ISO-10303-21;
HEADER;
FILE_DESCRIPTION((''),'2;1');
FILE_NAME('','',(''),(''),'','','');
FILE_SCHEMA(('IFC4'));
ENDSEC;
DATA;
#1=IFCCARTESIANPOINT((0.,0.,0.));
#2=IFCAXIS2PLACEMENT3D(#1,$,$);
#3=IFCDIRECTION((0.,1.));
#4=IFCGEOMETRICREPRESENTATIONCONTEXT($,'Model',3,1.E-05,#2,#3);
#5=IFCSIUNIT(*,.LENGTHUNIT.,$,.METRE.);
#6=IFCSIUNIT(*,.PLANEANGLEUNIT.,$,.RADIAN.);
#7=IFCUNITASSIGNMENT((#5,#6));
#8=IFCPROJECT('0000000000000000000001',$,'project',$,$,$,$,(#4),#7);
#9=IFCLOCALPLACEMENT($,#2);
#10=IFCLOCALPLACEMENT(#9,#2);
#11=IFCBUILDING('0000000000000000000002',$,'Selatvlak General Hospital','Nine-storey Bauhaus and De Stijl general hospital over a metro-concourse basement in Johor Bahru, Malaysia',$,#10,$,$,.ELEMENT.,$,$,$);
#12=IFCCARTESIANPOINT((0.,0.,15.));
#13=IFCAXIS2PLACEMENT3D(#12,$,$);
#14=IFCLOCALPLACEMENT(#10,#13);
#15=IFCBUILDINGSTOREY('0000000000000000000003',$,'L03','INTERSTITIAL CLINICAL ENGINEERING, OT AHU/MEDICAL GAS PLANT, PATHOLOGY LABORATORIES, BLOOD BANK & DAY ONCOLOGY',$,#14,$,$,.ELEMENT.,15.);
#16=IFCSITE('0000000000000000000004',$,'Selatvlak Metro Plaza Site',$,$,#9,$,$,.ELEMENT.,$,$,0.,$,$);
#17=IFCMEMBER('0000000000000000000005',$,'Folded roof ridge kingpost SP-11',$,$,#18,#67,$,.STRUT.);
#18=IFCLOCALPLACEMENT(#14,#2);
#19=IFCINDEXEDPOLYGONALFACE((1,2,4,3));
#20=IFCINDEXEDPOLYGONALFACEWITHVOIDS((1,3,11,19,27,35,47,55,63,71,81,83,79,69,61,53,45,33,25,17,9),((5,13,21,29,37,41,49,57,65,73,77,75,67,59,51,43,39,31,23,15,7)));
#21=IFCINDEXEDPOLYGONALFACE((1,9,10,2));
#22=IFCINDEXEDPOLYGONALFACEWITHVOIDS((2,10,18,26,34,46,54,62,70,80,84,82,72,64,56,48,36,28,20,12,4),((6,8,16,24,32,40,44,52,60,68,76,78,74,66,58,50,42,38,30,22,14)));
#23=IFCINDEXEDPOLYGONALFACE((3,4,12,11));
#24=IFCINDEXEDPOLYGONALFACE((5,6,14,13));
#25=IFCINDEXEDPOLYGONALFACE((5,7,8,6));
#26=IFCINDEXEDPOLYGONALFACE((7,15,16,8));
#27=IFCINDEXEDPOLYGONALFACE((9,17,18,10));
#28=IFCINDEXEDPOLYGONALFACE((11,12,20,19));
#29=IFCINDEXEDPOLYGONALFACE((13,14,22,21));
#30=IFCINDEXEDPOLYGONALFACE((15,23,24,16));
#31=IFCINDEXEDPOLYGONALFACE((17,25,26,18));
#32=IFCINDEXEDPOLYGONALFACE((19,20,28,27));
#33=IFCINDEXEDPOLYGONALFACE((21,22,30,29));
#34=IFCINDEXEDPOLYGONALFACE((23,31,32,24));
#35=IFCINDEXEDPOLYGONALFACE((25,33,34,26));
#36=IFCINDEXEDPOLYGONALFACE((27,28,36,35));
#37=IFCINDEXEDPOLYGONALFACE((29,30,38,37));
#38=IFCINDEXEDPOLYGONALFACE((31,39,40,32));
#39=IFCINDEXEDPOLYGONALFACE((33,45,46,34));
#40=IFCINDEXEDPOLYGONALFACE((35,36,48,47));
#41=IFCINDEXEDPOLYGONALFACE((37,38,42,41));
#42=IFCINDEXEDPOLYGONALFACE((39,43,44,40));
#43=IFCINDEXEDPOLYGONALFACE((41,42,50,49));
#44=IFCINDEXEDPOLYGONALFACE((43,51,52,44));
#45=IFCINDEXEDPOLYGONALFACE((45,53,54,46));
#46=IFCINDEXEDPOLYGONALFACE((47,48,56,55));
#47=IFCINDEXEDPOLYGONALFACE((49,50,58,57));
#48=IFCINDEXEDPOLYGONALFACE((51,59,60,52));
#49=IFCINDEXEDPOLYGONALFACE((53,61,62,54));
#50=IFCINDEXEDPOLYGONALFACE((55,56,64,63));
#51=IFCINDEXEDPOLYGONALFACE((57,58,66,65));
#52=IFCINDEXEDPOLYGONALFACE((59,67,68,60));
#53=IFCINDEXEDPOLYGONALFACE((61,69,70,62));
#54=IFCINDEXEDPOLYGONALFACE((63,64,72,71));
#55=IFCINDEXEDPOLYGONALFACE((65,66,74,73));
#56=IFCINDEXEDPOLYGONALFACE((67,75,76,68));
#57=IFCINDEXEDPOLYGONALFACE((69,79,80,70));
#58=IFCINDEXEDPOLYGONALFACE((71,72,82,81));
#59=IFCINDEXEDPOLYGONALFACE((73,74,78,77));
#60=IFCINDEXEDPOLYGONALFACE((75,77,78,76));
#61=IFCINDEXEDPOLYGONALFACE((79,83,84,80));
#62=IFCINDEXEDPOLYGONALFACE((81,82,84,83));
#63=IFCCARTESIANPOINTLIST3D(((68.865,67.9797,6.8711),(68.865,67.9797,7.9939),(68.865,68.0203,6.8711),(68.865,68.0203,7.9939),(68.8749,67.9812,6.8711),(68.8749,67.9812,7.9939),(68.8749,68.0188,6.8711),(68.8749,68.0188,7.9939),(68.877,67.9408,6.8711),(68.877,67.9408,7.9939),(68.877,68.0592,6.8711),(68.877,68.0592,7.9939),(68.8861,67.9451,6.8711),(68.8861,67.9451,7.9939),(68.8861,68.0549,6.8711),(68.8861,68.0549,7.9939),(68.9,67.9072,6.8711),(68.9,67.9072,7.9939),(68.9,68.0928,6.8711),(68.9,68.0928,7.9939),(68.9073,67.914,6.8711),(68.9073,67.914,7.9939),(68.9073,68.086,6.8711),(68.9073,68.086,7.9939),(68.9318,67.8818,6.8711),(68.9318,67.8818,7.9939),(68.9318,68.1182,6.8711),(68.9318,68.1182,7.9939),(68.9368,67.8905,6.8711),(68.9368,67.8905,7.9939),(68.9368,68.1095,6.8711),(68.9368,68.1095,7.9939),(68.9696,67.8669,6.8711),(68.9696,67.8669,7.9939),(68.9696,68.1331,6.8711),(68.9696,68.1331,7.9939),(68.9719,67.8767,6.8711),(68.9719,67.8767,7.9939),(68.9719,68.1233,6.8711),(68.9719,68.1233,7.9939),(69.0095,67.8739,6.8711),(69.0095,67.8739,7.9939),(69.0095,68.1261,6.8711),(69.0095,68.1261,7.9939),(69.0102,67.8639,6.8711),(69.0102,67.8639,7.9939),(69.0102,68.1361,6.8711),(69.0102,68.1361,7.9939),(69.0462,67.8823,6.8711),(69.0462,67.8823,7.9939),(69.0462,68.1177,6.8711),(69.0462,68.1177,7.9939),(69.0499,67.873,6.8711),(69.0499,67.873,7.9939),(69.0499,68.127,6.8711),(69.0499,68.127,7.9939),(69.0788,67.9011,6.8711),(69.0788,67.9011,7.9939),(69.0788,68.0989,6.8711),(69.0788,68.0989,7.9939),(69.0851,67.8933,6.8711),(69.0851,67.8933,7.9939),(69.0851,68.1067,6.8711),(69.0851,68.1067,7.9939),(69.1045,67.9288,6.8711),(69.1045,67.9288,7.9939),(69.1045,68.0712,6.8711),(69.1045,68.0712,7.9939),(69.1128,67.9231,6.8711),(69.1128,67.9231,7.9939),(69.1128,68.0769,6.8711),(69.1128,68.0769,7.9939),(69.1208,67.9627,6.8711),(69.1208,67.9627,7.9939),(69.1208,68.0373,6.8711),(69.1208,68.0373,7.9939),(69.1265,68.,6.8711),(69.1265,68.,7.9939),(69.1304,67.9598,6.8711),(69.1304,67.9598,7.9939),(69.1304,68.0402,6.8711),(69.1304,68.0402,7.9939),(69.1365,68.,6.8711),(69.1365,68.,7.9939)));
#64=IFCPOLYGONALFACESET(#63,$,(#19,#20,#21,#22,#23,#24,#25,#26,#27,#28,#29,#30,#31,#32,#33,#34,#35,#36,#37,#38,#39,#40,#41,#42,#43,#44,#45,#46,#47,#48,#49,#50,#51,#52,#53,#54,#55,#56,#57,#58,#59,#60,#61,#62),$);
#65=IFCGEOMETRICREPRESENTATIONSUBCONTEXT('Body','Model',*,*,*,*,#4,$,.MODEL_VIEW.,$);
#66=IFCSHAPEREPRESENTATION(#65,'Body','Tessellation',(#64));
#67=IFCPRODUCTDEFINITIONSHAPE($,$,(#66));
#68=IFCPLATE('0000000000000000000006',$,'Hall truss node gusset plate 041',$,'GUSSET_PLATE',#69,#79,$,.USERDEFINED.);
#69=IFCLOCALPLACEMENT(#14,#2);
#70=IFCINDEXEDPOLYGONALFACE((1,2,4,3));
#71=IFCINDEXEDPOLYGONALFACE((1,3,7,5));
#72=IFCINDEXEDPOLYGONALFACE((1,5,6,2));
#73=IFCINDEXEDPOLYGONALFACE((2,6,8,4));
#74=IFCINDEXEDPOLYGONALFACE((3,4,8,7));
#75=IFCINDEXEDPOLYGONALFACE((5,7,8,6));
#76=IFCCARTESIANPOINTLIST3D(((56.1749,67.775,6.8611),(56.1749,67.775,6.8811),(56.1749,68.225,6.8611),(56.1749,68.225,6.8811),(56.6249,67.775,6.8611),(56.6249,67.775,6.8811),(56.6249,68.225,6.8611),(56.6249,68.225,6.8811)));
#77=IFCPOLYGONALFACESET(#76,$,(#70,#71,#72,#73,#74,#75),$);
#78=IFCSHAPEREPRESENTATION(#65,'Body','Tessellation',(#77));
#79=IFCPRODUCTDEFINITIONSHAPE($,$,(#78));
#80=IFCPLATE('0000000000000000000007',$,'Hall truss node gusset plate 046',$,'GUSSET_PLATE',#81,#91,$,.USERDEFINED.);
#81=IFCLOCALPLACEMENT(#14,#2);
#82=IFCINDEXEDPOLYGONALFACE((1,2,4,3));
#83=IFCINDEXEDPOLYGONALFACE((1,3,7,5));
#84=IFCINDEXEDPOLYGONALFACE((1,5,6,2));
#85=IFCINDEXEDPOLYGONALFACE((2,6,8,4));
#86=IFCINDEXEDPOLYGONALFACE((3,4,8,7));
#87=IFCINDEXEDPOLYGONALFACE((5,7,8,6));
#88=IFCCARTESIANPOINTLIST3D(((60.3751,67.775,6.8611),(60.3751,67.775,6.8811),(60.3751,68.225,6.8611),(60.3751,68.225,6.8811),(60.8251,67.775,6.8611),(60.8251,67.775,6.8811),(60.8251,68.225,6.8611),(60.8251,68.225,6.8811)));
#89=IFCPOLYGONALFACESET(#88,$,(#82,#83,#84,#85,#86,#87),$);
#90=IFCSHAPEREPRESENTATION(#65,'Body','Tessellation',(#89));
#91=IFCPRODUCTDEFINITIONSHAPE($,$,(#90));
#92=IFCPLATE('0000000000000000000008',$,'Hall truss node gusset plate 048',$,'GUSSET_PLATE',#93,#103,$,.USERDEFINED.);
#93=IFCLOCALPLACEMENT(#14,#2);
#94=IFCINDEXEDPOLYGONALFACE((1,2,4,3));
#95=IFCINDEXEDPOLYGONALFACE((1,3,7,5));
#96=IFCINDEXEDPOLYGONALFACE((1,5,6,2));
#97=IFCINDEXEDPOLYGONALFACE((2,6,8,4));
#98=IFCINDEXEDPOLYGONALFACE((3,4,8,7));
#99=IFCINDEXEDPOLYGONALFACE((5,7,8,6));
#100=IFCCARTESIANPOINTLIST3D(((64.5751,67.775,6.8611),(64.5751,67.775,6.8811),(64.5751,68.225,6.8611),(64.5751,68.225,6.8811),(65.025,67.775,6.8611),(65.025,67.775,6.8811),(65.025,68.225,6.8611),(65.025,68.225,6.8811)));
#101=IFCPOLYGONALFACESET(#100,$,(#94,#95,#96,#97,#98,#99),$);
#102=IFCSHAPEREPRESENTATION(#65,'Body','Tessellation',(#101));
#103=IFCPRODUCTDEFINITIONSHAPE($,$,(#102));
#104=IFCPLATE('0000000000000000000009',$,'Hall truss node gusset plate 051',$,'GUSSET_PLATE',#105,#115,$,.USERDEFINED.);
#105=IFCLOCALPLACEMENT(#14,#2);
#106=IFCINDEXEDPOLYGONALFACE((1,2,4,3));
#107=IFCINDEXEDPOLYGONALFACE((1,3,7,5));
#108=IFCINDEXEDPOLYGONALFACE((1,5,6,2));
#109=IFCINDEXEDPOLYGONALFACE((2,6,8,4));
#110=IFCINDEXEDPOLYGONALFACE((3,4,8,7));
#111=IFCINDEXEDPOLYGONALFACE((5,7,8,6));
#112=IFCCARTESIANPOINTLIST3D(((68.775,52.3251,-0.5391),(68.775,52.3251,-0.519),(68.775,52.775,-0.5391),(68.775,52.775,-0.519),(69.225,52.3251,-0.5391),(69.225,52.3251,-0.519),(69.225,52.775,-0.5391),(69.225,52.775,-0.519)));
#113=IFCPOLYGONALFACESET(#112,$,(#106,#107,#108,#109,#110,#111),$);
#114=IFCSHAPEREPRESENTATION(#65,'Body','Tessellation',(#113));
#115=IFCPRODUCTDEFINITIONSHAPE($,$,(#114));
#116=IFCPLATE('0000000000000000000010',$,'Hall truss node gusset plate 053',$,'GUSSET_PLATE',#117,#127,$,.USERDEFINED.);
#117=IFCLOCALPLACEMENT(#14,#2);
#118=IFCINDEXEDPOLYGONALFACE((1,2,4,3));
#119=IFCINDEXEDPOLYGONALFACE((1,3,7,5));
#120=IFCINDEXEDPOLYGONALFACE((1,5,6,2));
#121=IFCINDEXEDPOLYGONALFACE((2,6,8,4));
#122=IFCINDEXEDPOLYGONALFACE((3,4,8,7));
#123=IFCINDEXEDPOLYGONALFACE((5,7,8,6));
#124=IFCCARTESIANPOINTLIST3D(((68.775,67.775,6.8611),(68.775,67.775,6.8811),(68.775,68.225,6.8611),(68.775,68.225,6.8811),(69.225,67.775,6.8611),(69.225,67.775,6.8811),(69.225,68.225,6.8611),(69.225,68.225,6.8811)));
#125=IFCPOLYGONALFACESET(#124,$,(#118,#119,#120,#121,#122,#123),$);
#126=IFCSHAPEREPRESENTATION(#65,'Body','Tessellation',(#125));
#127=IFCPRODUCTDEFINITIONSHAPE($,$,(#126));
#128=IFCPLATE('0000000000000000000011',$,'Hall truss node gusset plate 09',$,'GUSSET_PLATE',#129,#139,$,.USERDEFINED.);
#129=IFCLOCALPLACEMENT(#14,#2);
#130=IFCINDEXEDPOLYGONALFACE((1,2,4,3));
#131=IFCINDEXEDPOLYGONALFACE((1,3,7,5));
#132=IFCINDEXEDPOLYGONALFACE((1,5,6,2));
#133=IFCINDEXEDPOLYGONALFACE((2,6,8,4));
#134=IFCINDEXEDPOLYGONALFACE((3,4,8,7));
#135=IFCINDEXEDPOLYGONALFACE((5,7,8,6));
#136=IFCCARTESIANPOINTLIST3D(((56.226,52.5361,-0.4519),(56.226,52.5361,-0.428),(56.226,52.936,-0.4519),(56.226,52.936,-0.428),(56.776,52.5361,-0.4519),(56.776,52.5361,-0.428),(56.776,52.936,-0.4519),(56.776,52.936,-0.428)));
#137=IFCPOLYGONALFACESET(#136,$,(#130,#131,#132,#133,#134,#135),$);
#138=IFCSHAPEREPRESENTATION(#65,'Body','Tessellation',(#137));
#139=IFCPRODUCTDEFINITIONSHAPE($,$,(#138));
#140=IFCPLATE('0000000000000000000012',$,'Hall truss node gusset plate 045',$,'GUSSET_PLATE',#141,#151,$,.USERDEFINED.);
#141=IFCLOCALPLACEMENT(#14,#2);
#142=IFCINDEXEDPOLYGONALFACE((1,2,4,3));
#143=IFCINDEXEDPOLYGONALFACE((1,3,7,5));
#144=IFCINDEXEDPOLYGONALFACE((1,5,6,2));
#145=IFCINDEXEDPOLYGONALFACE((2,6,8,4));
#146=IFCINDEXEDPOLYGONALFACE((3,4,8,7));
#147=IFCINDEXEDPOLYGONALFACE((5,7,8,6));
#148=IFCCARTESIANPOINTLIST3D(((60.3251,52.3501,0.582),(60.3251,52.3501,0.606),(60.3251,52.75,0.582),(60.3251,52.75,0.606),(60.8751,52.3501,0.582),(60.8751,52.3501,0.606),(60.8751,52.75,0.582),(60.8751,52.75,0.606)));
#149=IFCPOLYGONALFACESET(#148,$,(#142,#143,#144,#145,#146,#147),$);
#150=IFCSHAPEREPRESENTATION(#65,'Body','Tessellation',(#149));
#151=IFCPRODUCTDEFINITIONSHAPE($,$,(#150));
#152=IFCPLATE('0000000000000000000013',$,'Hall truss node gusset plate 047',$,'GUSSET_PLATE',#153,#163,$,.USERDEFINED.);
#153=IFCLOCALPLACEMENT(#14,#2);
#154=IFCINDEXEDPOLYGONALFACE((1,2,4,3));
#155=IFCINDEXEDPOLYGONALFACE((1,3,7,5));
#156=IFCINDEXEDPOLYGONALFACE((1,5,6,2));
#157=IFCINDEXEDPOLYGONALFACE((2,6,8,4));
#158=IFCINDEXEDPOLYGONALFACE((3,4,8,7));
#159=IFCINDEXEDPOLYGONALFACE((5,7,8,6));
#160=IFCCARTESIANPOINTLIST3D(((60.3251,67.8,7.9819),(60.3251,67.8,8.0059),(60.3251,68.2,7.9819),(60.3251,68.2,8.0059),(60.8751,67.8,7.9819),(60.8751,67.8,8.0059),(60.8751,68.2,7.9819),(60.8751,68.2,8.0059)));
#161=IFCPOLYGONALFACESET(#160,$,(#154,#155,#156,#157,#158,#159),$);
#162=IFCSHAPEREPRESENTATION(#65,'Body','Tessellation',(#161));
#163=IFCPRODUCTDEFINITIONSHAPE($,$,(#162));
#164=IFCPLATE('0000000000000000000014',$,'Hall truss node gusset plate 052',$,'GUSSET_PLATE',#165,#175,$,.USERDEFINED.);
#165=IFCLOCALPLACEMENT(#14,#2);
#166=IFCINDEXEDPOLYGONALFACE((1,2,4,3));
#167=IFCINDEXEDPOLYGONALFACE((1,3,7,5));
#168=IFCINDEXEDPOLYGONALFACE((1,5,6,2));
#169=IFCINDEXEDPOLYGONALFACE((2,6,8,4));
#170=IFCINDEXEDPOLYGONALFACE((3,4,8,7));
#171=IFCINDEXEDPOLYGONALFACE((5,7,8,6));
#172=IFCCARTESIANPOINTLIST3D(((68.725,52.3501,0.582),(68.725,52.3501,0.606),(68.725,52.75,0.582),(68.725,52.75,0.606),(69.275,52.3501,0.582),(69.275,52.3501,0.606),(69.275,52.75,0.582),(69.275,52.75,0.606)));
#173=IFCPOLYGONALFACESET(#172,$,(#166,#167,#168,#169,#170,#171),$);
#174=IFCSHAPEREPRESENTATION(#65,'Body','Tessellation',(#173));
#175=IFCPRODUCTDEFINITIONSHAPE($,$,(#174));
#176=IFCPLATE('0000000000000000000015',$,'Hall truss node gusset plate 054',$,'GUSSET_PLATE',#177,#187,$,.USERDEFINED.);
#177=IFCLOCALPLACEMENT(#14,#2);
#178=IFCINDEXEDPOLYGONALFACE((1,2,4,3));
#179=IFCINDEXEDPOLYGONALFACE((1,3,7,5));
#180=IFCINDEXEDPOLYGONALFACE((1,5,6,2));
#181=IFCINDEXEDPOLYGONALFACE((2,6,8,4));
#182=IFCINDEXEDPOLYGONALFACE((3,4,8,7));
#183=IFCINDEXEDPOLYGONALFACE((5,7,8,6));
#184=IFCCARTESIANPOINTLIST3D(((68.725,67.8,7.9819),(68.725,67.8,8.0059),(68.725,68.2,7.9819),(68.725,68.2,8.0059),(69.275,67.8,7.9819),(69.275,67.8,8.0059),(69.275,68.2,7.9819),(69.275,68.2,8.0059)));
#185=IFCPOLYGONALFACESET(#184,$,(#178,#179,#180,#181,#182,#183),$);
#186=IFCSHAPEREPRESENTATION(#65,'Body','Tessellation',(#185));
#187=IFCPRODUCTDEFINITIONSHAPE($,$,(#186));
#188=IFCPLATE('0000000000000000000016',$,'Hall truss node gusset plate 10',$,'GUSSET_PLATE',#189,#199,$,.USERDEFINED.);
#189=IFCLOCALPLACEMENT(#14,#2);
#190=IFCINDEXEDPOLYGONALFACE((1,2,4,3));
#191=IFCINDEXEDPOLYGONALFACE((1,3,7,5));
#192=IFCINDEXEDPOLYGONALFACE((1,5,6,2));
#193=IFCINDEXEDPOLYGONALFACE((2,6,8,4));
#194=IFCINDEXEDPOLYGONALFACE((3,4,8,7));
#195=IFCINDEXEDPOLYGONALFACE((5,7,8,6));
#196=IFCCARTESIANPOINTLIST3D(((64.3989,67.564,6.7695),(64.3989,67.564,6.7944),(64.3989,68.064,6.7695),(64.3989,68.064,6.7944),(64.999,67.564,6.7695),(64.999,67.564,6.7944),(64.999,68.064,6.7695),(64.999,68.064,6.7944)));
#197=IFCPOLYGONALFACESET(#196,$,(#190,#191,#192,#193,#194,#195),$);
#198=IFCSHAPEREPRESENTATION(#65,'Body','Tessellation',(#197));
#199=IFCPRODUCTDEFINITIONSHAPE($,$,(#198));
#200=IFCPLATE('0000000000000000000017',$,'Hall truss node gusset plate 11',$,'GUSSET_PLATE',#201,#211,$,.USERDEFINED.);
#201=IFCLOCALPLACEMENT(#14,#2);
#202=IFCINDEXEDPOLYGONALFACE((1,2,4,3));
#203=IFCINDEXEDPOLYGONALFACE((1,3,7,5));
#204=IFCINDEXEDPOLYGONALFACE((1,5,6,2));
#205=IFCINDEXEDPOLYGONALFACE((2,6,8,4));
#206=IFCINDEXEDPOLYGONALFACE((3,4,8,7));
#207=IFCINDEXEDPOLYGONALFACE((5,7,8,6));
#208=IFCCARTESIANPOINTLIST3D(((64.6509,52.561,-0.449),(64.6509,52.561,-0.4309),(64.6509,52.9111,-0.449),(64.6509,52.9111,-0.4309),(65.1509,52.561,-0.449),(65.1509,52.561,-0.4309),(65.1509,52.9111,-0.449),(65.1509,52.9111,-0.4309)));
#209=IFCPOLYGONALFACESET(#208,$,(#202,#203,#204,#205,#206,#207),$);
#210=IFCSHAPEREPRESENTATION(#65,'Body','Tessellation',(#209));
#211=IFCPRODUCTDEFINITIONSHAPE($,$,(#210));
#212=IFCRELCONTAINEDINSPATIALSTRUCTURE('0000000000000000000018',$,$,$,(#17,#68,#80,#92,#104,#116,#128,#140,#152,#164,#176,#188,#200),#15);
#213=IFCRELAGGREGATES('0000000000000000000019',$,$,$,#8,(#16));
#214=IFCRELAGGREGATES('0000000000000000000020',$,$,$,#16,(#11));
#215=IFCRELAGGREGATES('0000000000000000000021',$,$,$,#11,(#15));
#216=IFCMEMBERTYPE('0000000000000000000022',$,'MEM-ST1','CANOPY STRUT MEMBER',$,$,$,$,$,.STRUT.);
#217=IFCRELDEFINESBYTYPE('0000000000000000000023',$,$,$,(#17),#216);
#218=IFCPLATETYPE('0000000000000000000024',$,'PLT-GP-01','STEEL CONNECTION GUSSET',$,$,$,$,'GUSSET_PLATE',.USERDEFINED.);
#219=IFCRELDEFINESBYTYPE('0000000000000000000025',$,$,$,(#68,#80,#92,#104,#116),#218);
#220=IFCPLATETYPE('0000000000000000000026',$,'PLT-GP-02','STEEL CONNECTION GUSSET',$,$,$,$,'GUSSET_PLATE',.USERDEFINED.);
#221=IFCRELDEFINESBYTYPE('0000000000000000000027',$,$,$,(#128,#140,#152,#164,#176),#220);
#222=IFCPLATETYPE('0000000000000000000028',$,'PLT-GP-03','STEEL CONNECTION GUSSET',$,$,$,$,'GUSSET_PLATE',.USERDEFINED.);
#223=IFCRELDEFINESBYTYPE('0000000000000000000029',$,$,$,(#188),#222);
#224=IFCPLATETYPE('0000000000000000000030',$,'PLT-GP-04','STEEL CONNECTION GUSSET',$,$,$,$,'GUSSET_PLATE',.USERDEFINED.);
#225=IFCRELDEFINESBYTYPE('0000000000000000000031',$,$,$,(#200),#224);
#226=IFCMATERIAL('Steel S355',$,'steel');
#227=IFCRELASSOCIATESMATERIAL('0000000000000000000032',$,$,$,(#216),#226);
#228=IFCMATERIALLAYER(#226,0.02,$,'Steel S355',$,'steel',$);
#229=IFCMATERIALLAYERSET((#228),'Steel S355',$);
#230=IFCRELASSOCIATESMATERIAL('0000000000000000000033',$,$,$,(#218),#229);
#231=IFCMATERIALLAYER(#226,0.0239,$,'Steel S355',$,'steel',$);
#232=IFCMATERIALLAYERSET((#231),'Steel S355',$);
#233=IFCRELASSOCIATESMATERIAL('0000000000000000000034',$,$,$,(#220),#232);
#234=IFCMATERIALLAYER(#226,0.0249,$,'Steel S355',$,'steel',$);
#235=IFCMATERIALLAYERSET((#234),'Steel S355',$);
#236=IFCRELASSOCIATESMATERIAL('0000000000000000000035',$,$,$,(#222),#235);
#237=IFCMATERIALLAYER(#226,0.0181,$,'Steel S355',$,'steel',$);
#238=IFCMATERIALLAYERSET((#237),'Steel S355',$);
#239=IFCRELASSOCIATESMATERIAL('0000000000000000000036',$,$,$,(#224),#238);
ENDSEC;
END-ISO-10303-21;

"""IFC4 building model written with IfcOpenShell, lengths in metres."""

from ifc_helpers import new_model, si_unit, direction, frame, origin, origin_2d, place, context, subcontext, project, spatial, rectangle, hollow_circle, extrude, material, layer, layer_set, material_profile, profile_set, type_object, element, save


model = new_model("IFC4")

# Units and contexts
model_context = context("Model", 3, precision=1e-05, world=origin(), true_north=direction((0.0, 1.0)))
body_context = subcontext(model_context, "Body", "Model", "MODEL_VIEW")
ifc_project = project(units=[si_unit("LENGTHUNIT", "METRE"), si_unit("PLANEANGLEUNIT", "RADIAN")], contexts=[model_context])

# Site, building, storey
site_placement = place(None, origin())
site = spatial("IfcSite", under=ifc_project, at=site_placement, Name="Selatvlak Metro Plaza Site", CompositionType="ELEMENT", RefElevation=0.0)
building_placement = place(site_placement, origin())
building = spatial("IfcBuilding", under=site, at=building_placement, Name="Selatvlak General Hospital", Description="Nine-storey Bauhaus and De Stijl general hospital over a metro-concourse basement in Johor Bahru, Malaysia", CompositionType="ELEMENT")
storey_placement = place(building_placement, frame((0.0, 0.0, 15.0)))
storey = spatial("IfcBuildingStorey", under=building, at=storey_placement, Name="L03", Description="INTERSTITIAL CLINICAL ENGINEERING, OT AHU/MEDICAL GAS PLANT, PATHOLOGY LABORATORIES, BLOOD BANK & DAY ONCOLOGY", CompositionType="ELEMENT", Elevation=15.0)

# Shared definitions
ifc_material = material(Name="Steel S355", Category="steel")

# Member
ifc_material_profile_1 = material_profile(ifc_material, hollow_circle(Radius=0.1365, WallThickness=0.01, at=origin_2d()), Name="CHS 273.0x10")
ifc_profile_set_1 = profile_set([ifc_material_profile_1], Name="Steel S355")
member_type_1 = type_object("IfcMemberType", Name="MEM-ST1", Description="CANOPY STRUT MEMBER", PredefinedType="STRUT", material=ifc_profile_set_1)
member_1_placement = place(storey_placement, frame((69.0, 68.0, 6.8711), z_axis=(0.0, 0.0, 1.0), x_axis=(1.0, 0.0, 0.0)))
element("IfcMember", 1, at=member_1_placement, inside=storey, type_object=member_type_1, Name="Folded roof ridge kingpost SP-11", PredefinedType="STRUT", context=body_context, shape_type="SweptSolid", body=[
    extrude(hollow_circle(Radius=0.1365, WallThickness=0.01, at=origin_2d()), origin(), (0.0, 0.0, 1.0), 1.1228),
])

# Plates
ifc_layer_1 = layer(ifc_material, 0.02, Name="Steel S355", Category="steel")
ifc_layer_set_1 = layer_set([ifc_layer_1], Name="Steel S355")
plate_type_1 = type_object("IfcPlateType", Name="PLT-GP-01", Description="STEEL CONNECTION GUSSET", ElementType="GUSSET_PLATE", PredefinedType="USERDEFINED", material=ifc_layer_set_1)
for number, where, z_axis, x_axis, name in (
    (2, (56.3999, 68.0, 6.8611), (0.0, 0.0, 1.0), (1.0, 0.0, 0.0), "Hall truss node gusset plate 041"),
    (3, (60.6001, 68.0, 6.8611), (0.0, 0.0, 1.0), (1.0, 0.0, 0.0), "Hall truss node gusset plate 046"),
    (4, (64.8, 68.0, 6.8611), (0.0, 0.0, 1.0), (1.0, 0.0, 0.0), "Hall truss node gusset plate 048"),
    (5, (69.0, 52.55, -0.5391), (0.0, 0.0, 1.0), (1.0, 0.0, 0.0), "Hall truss node gusset plate 051"),
    (6, (69.0, 68.0, 6.8611), (0.0, 0.0, 1.0), (1.0, 0.0, 0.0), "Hall truss node gusset plate 053"),
):
    element("IfcPlate", number, at=place(storey_placement, frame(where, z_axis=z_axis, x_axis=x_axis)), inside=storey, type_object=plate_type_1, Name=name, ObjectType="GUSSET_PLATE", PredefinedType="USERDEFINED", context=body_context, shape_type="SweptSolid", body=[
        extrude(rectangle(XDim=0.45, YDim=0.45, at=origin_2d()), origin(), (0.0, 0.0, 1.0), 0.02),
    ])
ifc_layer_2 = layer(ifc_material, 0.0239, Name="Steel S355", Category="steel")
ifc_layer_set_2 = layer_set([ifc_layer_2], Name="Steel S355")
plate_type_2 = type_object("IfcPlateType", Name="PLT-GP-02", Description="STEEL CONNECTION GUSSET", ElementType="GUSSET_PLATE", PredefinedType="USERDEFINED", material=ifc_layer_set_2)
for number, where, z_axis, x_axis, name in (
    (7, (56.501, 52.7361, -0.4519), (0.0, 0.0, 1.0), (1.0, 0.0, 0.0), "Hall truss node gusset plate 09"),
    (8, (60.6001, 52.55, 0.582), (0.0, 0.0, 1.0), (1.0, 0.0, 0.0), "Hall truss node gusset plate 045"),
    (9, (60.6001, 68.0, 7.9819), (0.0, 0.0, 1.0), (1.0, 0.0, 0.0), "Hall truss node gusset plate 047"),
    (10, (69.0, 52.55, 0.582), (0.0, 0.0, 1.0), (1.0, 0.0, 0.0), "Hall truss node gusset plate 052"),
    (11, (69.0, 68.0, 7.9819), (0.0, 0.0, 1.0), (1.0, 0.0, 0.0), "Hall truss node gusset plate 054"),
):
    element("IfcPlate", number, at=place(storey_placement, frame(where, z_axis=z_axis, x_axis=x_axis)), inside=storey, type_object=plate_type_2, Name=name, ObjectType="GUSSET_PLATE", PredefinedType="USERDEFINED", context=body_context, shape_type="SweptSolid", body=[
        extrude(rectangle(XDim=0.55, YDim=0.3999, at=origin_2d()), origin(), (0.0, 0.0, 1.0), 0.0239),
    ])
ifc_layer_3 = layer(ifc_material, 0.0249, Name="Steel S355", Category="steel")
ifc_layer_set_3 = layer_set([ifc_layer_3], Name="Steel S355")
plate_type_3 = type_object("IfcPlateType", Name="PLT-GP-03", Description="STEEL CONNECTION GUSSET", ElementType="GUSSET_PLATE", PredefinedType="USERDEFINED", material=ifc_layer_set_3)
plate_1_placement = place(storey_placement, frame((64.699, 67.814, 6.7695), z_axis=(0.0, 0.0, 1.0), x_axis=(1.0, 0.0, 0.0)))
element("IfcPlate", 12, at=plate_1_placement, inside=storey, type_object=plate_type_3, Name="Hall truss node gusset plate 10", ObjectType="GUSSET_PLATE", PredefinedType="USERDEFINED", context=body_context, shape_type="SweptSolid", body=[
    extrude(rectangle(XDim=0.6001, YDim=0.5, at=origin_2d()), origin(), (0.0, 0.0, 1.0), 0.0249),
])
ifc_layer_4 = layer(ifc_material, 0.0181, Name="Steel S355", Category="steel")
ifc_layer_set_4 = layer_set([ifc_layer_4], Name="Steel S355")
plate_type_4 = type_object("IfcPlateType", Name="PLT-GP-04", Description="STEEL CONNECTION GUSSET", ElementType="GUSSET_PLATE", PredefinedType="USERDEFINED", material=ifc_layer_set_4)
plate_2_placement = place(storey_placement, frame((64.9009, 52.7361, -0.449), z_axis=(0.0, 0.0, 1.0), x_axis=(1.0, 0.0, 0.0)))
element("IfcPlate", 13, at=plate_2_placement, inside=storey, type_object=plate_type_4, Name="Hall truss node gusset plate 11", ObjectType="GUSSET_PLATE", PredefinedType="USERDEFINED", context=body_context, shape_type="SweptSolid", body=[
    extrude(rectangle(XDim=0.5, YDim=0.3501, at=origin_2d()), origin(), (0.0, 0.0, 1.0), 0.0181),
])

save(model, "model.ifc")
